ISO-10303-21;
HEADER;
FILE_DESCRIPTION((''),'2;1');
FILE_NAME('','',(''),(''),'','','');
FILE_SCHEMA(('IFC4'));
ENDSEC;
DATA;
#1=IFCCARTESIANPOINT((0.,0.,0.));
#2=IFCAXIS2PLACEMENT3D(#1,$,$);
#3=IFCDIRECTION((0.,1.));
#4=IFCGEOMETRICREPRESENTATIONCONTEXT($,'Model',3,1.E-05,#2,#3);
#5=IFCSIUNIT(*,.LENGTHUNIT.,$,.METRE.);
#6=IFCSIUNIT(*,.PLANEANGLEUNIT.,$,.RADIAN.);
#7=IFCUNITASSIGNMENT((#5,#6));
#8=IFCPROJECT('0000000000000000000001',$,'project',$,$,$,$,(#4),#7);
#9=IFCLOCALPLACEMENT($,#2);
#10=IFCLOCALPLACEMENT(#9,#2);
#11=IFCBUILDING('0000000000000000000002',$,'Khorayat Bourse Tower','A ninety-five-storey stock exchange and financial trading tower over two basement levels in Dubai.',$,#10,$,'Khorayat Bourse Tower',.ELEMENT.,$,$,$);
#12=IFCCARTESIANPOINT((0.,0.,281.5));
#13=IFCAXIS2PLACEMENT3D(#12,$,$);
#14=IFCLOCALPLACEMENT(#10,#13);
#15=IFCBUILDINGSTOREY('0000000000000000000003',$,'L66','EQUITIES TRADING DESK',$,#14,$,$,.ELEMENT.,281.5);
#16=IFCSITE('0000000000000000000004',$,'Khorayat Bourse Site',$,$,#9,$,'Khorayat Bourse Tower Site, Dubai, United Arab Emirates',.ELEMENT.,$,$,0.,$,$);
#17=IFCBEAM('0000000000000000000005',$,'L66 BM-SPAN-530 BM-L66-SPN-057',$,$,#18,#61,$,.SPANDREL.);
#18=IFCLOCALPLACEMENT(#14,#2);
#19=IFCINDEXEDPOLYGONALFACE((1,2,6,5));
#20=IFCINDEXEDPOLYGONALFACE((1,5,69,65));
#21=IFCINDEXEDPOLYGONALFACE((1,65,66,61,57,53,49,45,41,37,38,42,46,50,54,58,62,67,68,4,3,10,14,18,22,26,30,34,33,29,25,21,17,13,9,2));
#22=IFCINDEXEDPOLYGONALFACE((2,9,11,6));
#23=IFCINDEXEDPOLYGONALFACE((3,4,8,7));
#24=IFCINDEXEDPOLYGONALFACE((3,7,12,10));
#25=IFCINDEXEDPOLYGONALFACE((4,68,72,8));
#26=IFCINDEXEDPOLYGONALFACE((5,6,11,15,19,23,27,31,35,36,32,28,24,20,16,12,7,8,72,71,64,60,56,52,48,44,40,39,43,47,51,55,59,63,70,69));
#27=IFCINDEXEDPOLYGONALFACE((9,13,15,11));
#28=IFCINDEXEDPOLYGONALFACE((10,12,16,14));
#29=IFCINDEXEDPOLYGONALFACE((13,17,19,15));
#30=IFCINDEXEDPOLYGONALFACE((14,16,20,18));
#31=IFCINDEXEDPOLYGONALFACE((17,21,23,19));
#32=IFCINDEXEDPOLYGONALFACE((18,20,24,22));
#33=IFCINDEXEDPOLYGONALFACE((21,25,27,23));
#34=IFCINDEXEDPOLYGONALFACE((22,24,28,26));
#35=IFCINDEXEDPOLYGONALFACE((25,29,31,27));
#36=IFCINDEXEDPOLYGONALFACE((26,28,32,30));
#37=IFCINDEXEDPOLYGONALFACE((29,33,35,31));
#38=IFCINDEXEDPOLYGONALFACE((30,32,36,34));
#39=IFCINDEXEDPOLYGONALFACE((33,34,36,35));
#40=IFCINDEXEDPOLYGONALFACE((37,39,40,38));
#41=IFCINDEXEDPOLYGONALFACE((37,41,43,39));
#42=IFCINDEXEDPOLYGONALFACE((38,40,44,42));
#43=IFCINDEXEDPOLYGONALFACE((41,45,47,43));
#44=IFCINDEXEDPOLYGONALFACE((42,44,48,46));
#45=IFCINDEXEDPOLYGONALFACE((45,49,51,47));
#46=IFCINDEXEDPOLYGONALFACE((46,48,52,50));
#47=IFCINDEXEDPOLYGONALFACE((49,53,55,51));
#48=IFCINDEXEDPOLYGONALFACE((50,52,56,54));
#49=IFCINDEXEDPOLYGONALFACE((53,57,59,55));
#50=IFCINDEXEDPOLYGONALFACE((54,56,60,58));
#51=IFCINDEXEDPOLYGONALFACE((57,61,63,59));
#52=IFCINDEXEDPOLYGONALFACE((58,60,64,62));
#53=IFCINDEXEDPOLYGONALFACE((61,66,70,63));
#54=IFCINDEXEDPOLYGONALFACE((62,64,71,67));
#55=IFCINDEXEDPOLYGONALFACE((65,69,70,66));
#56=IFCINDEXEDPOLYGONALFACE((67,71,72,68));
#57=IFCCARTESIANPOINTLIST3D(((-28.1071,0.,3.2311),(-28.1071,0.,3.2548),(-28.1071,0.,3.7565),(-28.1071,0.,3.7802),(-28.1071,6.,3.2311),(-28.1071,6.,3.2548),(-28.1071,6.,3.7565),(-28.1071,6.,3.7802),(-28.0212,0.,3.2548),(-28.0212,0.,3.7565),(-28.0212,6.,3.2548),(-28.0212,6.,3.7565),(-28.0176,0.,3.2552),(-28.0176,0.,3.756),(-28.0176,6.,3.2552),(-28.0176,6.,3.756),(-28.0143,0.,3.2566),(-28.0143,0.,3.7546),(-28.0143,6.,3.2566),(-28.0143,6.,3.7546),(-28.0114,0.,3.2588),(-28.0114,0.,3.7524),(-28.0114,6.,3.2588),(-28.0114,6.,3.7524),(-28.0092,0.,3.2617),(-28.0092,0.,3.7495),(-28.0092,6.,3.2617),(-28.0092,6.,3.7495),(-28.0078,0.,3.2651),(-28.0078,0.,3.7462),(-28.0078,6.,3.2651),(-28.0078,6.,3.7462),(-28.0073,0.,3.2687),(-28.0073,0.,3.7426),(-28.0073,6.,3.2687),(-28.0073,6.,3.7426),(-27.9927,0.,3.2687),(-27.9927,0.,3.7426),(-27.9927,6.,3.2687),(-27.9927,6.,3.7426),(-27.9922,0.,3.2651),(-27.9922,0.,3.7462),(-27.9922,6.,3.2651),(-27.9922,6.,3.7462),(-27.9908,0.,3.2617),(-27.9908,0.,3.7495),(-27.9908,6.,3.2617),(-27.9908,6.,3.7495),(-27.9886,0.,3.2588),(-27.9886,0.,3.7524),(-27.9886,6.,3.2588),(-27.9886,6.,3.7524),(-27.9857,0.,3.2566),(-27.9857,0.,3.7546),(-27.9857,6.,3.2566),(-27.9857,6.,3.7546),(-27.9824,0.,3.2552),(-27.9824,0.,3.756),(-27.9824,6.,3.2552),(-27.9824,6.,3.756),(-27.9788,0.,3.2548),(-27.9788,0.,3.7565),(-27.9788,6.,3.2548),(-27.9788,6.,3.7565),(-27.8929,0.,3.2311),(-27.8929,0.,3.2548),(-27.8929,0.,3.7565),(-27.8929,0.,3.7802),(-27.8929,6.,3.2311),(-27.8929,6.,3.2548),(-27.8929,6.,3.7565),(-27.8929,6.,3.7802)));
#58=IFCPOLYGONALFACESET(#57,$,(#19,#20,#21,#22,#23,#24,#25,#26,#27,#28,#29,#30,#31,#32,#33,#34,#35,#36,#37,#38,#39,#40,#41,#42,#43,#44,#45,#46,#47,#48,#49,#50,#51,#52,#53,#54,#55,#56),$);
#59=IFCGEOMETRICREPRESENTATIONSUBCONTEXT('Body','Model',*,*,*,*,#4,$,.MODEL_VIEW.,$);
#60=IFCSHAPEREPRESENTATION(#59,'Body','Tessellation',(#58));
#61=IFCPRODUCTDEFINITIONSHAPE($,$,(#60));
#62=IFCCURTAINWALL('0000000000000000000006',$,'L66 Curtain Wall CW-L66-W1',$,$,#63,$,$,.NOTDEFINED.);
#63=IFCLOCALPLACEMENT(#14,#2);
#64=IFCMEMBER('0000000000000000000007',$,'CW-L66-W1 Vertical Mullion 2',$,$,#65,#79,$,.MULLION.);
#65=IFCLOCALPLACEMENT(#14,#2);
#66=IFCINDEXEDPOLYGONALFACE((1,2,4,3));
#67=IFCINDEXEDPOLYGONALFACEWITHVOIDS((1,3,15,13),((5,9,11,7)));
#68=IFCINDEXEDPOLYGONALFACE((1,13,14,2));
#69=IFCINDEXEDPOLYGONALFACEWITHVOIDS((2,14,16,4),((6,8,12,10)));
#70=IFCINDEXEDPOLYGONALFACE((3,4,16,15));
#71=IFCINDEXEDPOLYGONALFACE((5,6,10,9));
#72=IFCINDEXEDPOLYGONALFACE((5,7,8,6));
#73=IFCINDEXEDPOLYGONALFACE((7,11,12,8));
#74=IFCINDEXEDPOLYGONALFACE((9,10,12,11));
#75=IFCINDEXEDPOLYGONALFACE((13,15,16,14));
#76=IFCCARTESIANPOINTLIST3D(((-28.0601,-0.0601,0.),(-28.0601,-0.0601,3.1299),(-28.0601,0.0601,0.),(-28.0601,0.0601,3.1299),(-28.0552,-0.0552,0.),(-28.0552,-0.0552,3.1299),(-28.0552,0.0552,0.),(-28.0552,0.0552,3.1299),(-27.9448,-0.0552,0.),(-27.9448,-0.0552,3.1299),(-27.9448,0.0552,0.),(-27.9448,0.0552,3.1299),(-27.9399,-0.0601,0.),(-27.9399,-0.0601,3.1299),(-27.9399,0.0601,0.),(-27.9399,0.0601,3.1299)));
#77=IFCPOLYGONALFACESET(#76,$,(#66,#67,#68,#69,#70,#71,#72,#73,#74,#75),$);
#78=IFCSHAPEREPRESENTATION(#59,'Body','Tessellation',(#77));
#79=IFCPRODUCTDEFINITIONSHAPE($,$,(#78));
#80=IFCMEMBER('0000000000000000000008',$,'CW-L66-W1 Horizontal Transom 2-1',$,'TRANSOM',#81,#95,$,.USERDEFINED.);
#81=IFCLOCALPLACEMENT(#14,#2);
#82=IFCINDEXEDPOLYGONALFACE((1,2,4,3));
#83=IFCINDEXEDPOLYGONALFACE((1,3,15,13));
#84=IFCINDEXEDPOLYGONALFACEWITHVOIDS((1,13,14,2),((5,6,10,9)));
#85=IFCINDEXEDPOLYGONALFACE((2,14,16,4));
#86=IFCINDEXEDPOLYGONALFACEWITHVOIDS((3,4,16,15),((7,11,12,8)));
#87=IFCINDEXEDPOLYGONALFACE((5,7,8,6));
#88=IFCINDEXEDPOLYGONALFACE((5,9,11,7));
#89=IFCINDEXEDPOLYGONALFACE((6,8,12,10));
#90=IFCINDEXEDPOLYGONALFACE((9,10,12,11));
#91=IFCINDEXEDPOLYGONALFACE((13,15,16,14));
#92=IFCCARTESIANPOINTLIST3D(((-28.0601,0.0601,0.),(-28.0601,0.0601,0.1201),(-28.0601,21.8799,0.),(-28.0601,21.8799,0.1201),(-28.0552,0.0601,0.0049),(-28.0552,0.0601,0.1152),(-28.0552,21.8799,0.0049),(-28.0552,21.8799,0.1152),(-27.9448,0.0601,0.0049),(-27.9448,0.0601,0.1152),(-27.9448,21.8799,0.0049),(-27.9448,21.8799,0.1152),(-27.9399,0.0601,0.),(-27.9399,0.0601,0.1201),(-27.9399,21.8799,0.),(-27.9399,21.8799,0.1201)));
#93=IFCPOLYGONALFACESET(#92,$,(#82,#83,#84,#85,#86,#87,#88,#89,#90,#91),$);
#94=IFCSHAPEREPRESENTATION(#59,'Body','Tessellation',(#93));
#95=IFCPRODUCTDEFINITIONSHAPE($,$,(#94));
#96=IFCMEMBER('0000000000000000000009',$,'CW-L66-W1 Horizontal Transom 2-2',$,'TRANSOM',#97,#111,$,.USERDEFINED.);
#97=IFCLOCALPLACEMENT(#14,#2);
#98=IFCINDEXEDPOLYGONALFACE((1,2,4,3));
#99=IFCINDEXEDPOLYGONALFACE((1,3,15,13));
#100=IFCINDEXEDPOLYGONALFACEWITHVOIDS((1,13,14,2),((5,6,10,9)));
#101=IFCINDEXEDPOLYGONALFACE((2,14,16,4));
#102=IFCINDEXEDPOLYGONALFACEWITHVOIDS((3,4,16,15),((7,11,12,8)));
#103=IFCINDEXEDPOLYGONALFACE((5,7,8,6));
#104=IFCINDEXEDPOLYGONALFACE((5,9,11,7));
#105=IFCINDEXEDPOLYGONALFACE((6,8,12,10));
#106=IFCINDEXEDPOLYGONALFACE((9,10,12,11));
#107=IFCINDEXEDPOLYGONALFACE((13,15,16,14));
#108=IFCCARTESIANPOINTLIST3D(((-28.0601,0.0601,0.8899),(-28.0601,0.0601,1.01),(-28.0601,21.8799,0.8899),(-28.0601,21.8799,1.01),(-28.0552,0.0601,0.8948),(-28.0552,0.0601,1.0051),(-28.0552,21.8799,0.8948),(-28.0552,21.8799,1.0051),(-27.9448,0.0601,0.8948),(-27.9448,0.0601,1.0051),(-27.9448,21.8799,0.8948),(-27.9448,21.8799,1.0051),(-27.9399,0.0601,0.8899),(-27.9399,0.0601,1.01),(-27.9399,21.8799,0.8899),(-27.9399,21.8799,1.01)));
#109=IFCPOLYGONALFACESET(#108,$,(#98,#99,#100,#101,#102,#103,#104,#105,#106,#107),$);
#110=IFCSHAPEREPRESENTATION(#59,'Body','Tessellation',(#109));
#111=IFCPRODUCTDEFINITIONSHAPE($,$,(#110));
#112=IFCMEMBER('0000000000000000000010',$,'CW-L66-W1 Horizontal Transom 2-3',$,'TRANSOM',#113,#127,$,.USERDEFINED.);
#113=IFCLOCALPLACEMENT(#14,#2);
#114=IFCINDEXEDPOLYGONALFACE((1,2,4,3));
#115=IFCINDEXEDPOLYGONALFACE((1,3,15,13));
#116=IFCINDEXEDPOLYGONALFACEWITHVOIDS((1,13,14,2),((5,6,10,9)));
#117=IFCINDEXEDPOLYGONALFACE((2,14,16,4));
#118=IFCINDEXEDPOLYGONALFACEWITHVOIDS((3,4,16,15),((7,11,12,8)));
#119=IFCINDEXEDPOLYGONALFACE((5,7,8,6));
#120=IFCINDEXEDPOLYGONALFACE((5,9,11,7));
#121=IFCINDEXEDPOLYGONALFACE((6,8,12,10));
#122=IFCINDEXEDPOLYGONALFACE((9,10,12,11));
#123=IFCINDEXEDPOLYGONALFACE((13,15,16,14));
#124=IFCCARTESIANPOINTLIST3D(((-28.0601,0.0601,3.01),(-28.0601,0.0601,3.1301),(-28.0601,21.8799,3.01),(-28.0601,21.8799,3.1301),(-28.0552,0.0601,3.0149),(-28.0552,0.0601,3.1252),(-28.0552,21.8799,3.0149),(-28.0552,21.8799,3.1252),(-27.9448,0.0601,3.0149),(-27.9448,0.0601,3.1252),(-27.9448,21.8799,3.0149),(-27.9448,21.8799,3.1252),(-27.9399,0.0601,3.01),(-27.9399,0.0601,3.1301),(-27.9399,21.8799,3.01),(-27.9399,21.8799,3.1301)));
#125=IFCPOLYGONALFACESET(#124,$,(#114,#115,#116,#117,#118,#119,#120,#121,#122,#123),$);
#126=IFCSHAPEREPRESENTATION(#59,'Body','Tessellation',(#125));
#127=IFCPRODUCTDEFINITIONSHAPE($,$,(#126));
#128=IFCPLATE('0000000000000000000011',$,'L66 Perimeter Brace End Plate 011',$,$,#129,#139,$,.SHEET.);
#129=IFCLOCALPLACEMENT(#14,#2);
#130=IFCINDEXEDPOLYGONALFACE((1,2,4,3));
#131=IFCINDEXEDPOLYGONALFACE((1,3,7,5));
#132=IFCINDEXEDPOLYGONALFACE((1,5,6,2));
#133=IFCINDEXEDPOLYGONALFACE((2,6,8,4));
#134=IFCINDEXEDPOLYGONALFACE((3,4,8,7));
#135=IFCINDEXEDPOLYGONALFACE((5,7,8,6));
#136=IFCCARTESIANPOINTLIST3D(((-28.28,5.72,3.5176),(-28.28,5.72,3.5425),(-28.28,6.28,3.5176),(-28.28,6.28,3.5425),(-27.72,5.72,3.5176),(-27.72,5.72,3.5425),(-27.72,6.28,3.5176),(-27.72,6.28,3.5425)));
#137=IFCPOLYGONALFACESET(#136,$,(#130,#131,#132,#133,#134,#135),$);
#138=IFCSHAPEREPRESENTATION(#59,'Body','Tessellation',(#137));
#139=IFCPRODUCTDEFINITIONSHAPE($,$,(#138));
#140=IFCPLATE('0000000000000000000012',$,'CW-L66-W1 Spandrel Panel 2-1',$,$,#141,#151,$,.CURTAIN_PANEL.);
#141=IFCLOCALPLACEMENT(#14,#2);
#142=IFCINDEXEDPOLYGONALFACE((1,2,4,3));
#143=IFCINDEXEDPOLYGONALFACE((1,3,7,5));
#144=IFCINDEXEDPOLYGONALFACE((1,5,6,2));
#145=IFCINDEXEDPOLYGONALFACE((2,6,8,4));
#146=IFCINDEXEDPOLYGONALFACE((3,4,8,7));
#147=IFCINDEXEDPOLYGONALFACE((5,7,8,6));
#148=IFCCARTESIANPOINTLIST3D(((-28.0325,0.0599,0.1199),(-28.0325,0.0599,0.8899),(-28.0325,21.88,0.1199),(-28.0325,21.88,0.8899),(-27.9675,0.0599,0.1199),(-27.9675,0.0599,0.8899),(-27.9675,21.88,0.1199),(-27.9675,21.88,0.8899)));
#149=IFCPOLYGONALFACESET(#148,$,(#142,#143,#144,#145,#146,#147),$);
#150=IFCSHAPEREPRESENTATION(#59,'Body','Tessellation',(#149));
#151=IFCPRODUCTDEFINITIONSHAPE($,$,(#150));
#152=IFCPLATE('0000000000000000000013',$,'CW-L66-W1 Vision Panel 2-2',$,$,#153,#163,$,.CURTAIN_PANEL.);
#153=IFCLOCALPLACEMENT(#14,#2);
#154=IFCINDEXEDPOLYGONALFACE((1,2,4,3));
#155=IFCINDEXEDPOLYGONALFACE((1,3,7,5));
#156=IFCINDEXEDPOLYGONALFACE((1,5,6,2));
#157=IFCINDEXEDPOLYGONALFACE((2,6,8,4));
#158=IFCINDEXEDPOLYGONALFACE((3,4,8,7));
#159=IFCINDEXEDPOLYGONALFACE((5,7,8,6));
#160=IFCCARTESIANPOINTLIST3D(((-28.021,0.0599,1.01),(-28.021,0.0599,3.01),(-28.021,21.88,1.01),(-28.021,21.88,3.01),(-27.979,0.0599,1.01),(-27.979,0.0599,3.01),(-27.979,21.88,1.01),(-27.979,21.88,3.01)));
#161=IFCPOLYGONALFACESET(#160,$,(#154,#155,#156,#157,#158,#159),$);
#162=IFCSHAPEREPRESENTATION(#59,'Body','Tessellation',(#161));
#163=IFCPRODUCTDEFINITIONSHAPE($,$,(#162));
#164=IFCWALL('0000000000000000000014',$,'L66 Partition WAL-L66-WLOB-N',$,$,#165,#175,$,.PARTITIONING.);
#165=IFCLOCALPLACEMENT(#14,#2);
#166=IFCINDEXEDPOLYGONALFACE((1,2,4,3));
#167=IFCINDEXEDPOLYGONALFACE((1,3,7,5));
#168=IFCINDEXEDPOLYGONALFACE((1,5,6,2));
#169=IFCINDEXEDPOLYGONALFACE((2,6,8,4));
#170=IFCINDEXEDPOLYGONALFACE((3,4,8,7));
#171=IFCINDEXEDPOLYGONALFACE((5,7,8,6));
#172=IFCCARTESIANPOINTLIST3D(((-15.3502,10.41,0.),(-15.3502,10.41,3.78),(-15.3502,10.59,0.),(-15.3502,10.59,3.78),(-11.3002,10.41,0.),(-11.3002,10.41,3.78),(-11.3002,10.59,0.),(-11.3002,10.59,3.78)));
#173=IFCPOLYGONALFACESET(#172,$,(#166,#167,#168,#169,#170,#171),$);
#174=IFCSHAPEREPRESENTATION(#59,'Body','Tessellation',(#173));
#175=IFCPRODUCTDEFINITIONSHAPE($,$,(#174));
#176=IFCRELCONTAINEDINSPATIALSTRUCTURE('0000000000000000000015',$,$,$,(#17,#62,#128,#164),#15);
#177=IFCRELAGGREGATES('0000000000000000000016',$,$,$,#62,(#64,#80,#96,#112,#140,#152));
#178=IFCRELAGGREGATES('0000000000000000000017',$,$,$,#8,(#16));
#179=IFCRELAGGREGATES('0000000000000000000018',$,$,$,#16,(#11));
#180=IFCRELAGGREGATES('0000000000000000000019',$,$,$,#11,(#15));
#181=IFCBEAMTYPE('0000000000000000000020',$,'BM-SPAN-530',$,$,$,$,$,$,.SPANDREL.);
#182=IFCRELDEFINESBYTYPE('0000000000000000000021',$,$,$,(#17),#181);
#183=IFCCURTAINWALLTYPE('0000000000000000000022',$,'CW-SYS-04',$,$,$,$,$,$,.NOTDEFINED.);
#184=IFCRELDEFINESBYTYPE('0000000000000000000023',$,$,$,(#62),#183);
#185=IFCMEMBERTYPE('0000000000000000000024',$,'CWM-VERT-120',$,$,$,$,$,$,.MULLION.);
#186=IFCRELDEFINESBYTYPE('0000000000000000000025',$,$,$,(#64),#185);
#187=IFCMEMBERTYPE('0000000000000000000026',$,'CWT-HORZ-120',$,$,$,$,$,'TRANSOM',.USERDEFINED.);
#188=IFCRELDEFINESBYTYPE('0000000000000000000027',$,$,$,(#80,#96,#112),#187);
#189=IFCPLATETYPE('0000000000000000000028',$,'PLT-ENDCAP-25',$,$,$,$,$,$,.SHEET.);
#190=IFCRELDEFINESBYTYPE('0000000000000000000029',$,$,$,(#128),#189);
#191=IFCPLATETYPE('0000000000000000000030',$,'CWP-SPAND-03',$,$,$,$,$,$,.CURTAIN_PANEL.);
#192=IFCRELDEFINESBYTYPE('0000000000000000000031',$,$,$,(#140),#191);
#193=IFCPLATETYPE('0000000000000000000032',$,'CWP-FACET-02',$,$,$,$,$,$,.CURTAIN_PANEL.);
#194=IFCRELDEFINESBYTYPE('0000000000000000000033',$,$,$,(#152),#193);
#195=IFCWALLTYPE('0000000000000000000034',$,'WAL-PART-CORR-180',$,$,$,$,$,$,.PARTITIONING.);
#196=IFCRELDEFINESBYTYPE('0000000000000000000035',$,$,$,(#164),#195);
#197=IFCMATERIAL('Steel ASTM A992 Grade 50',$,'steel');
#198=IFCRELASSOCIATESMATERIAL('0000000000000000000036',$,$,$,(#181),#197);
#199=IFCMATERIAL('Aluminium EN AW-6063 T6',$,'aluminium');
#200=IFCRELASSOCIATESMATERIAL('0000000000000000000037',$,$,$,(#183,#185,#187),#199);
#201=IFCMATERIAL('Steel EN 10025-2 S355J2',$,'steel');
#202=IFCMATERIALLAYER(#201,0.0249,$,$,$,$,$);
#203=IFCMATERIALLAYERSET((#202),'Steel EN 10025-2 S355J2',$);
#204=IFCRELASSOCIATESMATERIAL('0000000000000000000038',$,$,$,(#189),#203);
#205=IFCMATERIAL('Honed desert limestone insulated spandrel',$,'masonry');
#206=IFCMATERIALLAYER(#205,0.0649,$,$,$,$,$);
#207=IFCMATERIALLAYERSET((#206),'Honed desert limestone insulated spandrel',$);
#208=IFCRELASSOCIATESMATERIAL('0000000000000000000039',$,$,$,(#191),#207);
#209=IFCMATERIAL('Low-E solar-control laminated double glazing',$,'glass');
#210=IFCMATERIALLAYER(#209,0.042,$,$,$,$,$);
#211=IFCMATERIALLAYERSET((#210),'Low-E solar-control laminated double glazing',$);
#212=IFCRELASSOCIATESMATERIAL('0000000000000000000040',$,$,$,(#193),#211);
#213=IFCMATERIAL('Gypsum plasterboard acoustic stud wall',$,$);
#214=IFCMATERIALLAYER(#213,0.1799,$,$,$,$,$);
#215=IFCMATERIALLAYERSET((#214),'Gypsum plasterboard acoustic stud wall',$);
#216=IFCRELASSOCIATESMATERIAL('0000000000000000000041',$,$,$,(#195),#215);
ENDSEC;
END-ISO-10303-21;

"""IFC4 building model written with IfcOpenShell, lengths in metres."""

from ifc_helpers import new_model, si_unit, direction, frame, frame_2d, origin, origin_2d, place, context, subcontext, project, spatial, rectangle, hollow_rectangle, i_section, extrude, source, transform, mapped, material, layer, layer_set, material_profile, profile_set, type_object, element, aggregate, save


model = new_model("IFC4")

# Units and contexts
model_context = context("Model", 3, precision=1e-05, world=origin(), true_north=direction((0.0, 1.0)))
body_context = subcontext(model_context, "Body", "Model", "MODEL_VIEW")
ifc_project = project(units=[si_unit("LENGTHUNIT", "METRE"), si_unit("PLANEANGLEUNIT", "RADIAN")], contexts=[model_context])

# Site, building, storey
site_placement = place(None, origin())
site = spatial("IfcSite", under=ifc_project, at=site_placement, Name="Khorayat Bourse Site", LongName="Khorayat Bourse Tower Site, Dubai, United Arab Emirates", CompositionType="ELEMENT", RefElevation=0.0)
building_placement = place(site_placement, origin())
building = spatial("IfcBuilding", under=site, at=building_placement, Name="Khorayat Bourse Tower", Description="A ninety-five-storey stock exchange and financial trading tower over two basement levels in Dubai.", LongName="Khorayat Bourse Tower", CompositionType="ELEMENT")
storey_placement = place(building_placement, frame((0.0, 0.0, 281.5)))
storey = spatial("IfcBuildingStorey", under=building, at=storey_placement, Name="L66", Description="EQUITIES TRADING DESK", CompositionType="ELEMENT", Elevation=281.5)

# Beam
ifc_material_1 = material(Name="Steel ASTM A992 Grade 50", Category="steel")
ifc_material_profile_1 = material_profile(ifc_material_1, i_section(OverallWidth=0.2141, OverallDepth=0.5491, WebThickness=0.0146, FlangeThickness=0.0237, FilletRadius=0.0139, at=origin_2d()), Name="W530X138")
ifc_profile_set_1 = profile_set([ifc_material_profile_1], Name="Steel ASTM A992 Grade 50")
beam_type_1 = type_object("IfcBeamType", Name="BM-SPAN-530", PredefinedType="SPANDREL", material=ifc_profile_set_1)
shared_shape_1 = source(origin(), body_context, "Body", "SweptSolid", [
    extrude(i_section(OverallWidth=0.2141, OverallDepth=0.5491, WebThickness=0.0146, FlangeThickness=0.0237, FilletRadius=0.0139, at=origin_2d()), origin(), (0.0, 0.0, 1.0), 6.0),
])
beam_1_placement = place(storey_placement, frame((-28.0, 0.0, 3.5056), z_axis=(0.0, 1.0, 0.0), x_axis=(-1.0, 0.0, 0.0)))
element("IfcBeam", 1, at=beam_1_placement, inside=storey, type_object=beam_type_1, Name="L66 BM-SPAN-530 BM-L66-SPN-057", PredefinedType="SPANDREL", context=body_context, shape_type="MappedRepresentation", body=[
    mapped(shared_shape_1, transform((0.0, 0.0, 0.0), scale=1.0)),
])

# Curtain wall, members
ifc_material_2 = material(Name="Aluminium EN AW-6063 T6", Category="aluminium")
curtain_wall_type = type_object("IfcCurtainWallType", Name="CW-SYS-04", PredefinedType="NOTDEFINED", material=ifc_material_2)
curtain_wall_placement = place(storey_placement, origin())
curtain_wall = element("IfcCurtainWall", 2, at=curtain_wall_placement, inside=storey, type_object=curtain_wall_type, Name="L66 Curtain Wall CW-L66-W1", PredefinedType="NOTDEFINED")
ifc_material_profile_2 = material_profile(ifc_material_2, hollow_rectangle(XDim=0.1201, YDim=0.1201, WallThickness=0.0049, at=origin_2d()), Name="ALU 120x120x5")
ifc_profile_set_2 = profile_set([ifc_material_profile_2], Name="Aluminium EN AW-6063 T6")
member_type_1 = type_object("IfcMemberType", Name="CWM-VERT-120", PredefinedType="MULLION", material=ifc_profile_set_2)
shared_shape_2 = source(origin(), body_context, "Body", "SweptSolid", [
    extrude(hollow_rectangle(XDim=0.1201, YDim=0.1201, WallThickness=0.0049, at=origin_2d()), origin(), (0.0, 0.0, 1.0), 3.1299),
])
member_1_placement = place(storey_placement, frame((-28.0, 0.0, 0.0), z_axis=(0.0, 0.0, 1.0), x_axis=(-1.0, 0.0, 0.0)))
member_1 = element("IfcMember", 3, at=member_1_placement, type_object=member_type_1, Name="CW-L66-W1 Vertical Mullion 2", PredefinedType="MULLION", context=body_context, shape_type="MappedRepresentation", body=[
    mapped(shared_shape_2, transform((0.0, 0.0, 0.0), scale=1.0)),
])
ifc_material_profile_3 = material_profile(ifc_material_2, hollow_rectangle(XDim=0.1201, YDim=0.1201, WallThickness=0.0049, at=origin_2d()), Name="ALU 120x120x5")
ifc_profile_set_3 = profile_set([ifc_material_profile_3], Name="Aluminium EN AW-6063 T6")
member_type_2 = type_object("IfcMemberType", Name="CWT-HORZ-120", ElementType="TRANSOM", PredefinedType="USERDEFINED", material=ifc_profile_set_3)
shared_shape_3 = source(origin(), body_context, "Body", "SweptSolid", [
    extrude(hollow_rectangle(XDim=0.1201, YDim=0.1201, WallThickness=0.0049, at=origin_2d()), origin(), (0.0, 0.0, 1.0), 21.8198),
])
member_2_placement = place(storey_placement, frame((-28.0, 0.0601, 0.0601), z_axis=(0.0, 1.0, 0.0), x_axis=(-1.0, 0.0, 0.0)))
member_2 = element("IfcMember", 4, at=member_2_placement, type_object=member_type_2, Name="CW-L66-W1 Horizontal Transom 2-1", ObjectType="TRANSOM", PredefinedType="USERDEFINED", context=body_context, shape_type="MappedRepresentation", body=[
    mapped(shared_shape_3, transform((0.0, 0.0, 0.0), scale=1.0)),
])
member_3_placement = place(storey_placement, frame((-28.0, 0.0601, 0.95), z_axis=(0.0, 1.0, 0.0), x_axis=(-1.0, 0.0, 0.0)))
member_3 = element("IfcMember", 5, at=member_3_placement, type_object=member_type_2, Name="CW-L66-W1 Horizontal Transom 2-2", ObjectType="TRANSOM", PredefinedType="USERDEFINED", context=body_context, shape_type="MappedRepresentation", body=[
    mapped(shared_shape_3, transform((0.0, 0.0, 0.0), scale=1.0)),
])
member_4_placement = place(storey_placement, frame((-28.0, 0.0601, 3.0701), z_axis=(0.0, 1.0, 0.0), x_axis=(-1.0, 0.0, 0.0)))
member_4 = element("IfcMember", 6, at=member_4_placement, type_object=member_type_2, Name="CW-L66-W1 Horizontal Transom 2-3", ObjectType="TRANSOM", PredefinedType="USERDEFINED", context=body_context, shape_type="MappedRepresentation", body=[
    mapped(shared_shape_3, transform((0.0, 0.0, 0.0), scale=1.0)),
])

# Plates
ifc_material_3 = material(Name="Steel EN 10025-2 S355J2", Category="steel")
ifc_layer_1 = layer(ifc_material_3, 0.0249)
ifc_layer_set_1 = layer_set([ifc_layer_1], Name="Steel EN 10025-2 S355J2")
plate_type_1 = type_object("IfcPlateType", Name="PLT-ENDCAP-25", PredefinedType="SHEET", material=ifc_layer_set_1)
shared_shape_4 = source(origin(), body_context, "Body", "SweptSolid", [
    extrude(rectangle(XDim=0.5601, YDim=0.5601, at=origin_2d()), origin(), (0.0, 0.0, 1.0), 0.0249),
])
plate_1_placement = place(storey_placement, frame((-28.0, 6.0, 3.5176), z_axis=(0.0, 0.0, 1.0), x_axis=(1.0, 0.0, 0.0)))
element("IfcPlate", 7, at=plate_1_placement, inside=storey, type_object=plate_type_1, Name="L66 Perimeter Brace End Plate 011", PredefinedType="SHEET", context=body_context, shape_type="MappedRepresentation", body=[
    mapped(shared_shape_4, transform((0.0, 0.0, 0.0), scale=1.0)),
])
ifc_material_4 = material(Name="Honed desert limestone insulated spandrel", Category="masonry")
ifc_layer_2 = layer(ifc_material_4, 0.0649)
ifc_layer_set_2 = layer_set([ifc_layer_2], Name="Honed desert limestone insulated spandrel")
plate_type_2 = type_object("IfcPlateType", Name="CWP-SPAND-03", PredefinedType="CURTAIN_PANEL", material=ifc_layer_set_2)
shared_shape_5 = source(origin(), body_context, "Body", "SweptSolid", [
    extrude(rectangle(XDim=21.8201, YDim=0.0649, at=origin_2d()), origin(), (0.0, 0.0, 1.0), 0.77),
])
plate_2_placement = place(storey_placement, frame((-28.0, 10.97, 0.1199), z_axis=(0.0, 0.0, 1.0), x_axis=(0.0, 1.0, 0.0)))
plate_2 = element("IfcPlate", 8, at=plate_2_placement, type_object=plate_type_2, Name="CW-L66-W1 Spandrel Panel 2-1", PredefinedType="CURTAIN_PANEL", context=body_context, shape_type="MappedRepresentation", body=[
    mapped(shared_shape_5, transform((0.0, 0.0, 0.0), scale=1.0)),
])
ifc_material_5 = material(Name="Low-E solar-control laminated double glazing", Category="glass")
ifc_layer_3 = layer(ifc_material_5, 0.042)
ifc_layer_set_3 = layer_set([ifc_layer_3], Name="Low-E solar-control laminated double glazing")
plate_type_3 = type_object("IfcPlateType", Name="CWP-FACET-02", PredefinedType="CURTAIN_PANEL", material=ifc_layer_set_3)
shared_shape_6 = source(origin(), body_context, "Body", "SweptSolid", [
    extrude(rectangle(XDim=21.8201, YDim=0.042, at=origin_2d()), origin(), (0.0, 0.0, 1.0), 2.0),
])
plate_3_placement = place(storey_placement, frame((-28.0, 10.97, 1.01), z_axis=(0.0, 0.0, 1.0), x_axis=(0.0, 1.0, 0.0)))
plate_3 = element("IfcPlate", 9, at=plate_3_placement, type_object=plate_type_3, Name="CW-L66-W1 Vision Panel 2-2", PredefinedType="CURTAIN_PANEL", context=body_context, shape_type="MappedRepresentation", body=[
    mapped(shared_shape_6, transform((0.0, 0.0, 0.0), scale=1.0)),
])
aggregate(curtain_wall, [member_1, member_2, member_3, member_4, plate_2, plate_3])

# Wall
ifc_material_6 = material(Name="Gypsum plasterboard acoustic stud wall")
ifc_layer_4 = layer(ifc_material_6, 0.1799)
ifc_layer_set_4 = layer_set([ifc_layer_4], Name="Gypsum plasterboard acoustic stud wall")
wall_type_1 = type_object("IfcWallType", Name="WAL-PART-CORR-180", PredefinedType="PARTITIONING", material=ifc_layer_set_4)
shared_shape_7 = source(origin(), body_context, "Body", "SweptSolid", [
    extrude(rectangle(XDim=4.05, YDim=0.1799, at=frame_2d((2.0249, 0.0))), origin(), (0.0, 0.0, 1.0), 3.78),
])
wall_1_placement = place(storey_placement, frame((-15.3501, 10.5, 0.0), z_axis=(0.0, 0.0, 1.0), x_axis=(1.0, 0.0, 0.0)))
element("IfcWall", 10, at=wall_1_placement, inside=storey, type_object=wall_type_1, Name="L66 Partition WAL-L66-WLOB-N", PredefinedType="PARTITIONING", context=body_context, shape_type="MappedRepresentation", body=[
    mapped(shared_shape_7, transform((0.0, 0.0, 0.0), scale=1.0)),
])

save(model, "model.ifc")
